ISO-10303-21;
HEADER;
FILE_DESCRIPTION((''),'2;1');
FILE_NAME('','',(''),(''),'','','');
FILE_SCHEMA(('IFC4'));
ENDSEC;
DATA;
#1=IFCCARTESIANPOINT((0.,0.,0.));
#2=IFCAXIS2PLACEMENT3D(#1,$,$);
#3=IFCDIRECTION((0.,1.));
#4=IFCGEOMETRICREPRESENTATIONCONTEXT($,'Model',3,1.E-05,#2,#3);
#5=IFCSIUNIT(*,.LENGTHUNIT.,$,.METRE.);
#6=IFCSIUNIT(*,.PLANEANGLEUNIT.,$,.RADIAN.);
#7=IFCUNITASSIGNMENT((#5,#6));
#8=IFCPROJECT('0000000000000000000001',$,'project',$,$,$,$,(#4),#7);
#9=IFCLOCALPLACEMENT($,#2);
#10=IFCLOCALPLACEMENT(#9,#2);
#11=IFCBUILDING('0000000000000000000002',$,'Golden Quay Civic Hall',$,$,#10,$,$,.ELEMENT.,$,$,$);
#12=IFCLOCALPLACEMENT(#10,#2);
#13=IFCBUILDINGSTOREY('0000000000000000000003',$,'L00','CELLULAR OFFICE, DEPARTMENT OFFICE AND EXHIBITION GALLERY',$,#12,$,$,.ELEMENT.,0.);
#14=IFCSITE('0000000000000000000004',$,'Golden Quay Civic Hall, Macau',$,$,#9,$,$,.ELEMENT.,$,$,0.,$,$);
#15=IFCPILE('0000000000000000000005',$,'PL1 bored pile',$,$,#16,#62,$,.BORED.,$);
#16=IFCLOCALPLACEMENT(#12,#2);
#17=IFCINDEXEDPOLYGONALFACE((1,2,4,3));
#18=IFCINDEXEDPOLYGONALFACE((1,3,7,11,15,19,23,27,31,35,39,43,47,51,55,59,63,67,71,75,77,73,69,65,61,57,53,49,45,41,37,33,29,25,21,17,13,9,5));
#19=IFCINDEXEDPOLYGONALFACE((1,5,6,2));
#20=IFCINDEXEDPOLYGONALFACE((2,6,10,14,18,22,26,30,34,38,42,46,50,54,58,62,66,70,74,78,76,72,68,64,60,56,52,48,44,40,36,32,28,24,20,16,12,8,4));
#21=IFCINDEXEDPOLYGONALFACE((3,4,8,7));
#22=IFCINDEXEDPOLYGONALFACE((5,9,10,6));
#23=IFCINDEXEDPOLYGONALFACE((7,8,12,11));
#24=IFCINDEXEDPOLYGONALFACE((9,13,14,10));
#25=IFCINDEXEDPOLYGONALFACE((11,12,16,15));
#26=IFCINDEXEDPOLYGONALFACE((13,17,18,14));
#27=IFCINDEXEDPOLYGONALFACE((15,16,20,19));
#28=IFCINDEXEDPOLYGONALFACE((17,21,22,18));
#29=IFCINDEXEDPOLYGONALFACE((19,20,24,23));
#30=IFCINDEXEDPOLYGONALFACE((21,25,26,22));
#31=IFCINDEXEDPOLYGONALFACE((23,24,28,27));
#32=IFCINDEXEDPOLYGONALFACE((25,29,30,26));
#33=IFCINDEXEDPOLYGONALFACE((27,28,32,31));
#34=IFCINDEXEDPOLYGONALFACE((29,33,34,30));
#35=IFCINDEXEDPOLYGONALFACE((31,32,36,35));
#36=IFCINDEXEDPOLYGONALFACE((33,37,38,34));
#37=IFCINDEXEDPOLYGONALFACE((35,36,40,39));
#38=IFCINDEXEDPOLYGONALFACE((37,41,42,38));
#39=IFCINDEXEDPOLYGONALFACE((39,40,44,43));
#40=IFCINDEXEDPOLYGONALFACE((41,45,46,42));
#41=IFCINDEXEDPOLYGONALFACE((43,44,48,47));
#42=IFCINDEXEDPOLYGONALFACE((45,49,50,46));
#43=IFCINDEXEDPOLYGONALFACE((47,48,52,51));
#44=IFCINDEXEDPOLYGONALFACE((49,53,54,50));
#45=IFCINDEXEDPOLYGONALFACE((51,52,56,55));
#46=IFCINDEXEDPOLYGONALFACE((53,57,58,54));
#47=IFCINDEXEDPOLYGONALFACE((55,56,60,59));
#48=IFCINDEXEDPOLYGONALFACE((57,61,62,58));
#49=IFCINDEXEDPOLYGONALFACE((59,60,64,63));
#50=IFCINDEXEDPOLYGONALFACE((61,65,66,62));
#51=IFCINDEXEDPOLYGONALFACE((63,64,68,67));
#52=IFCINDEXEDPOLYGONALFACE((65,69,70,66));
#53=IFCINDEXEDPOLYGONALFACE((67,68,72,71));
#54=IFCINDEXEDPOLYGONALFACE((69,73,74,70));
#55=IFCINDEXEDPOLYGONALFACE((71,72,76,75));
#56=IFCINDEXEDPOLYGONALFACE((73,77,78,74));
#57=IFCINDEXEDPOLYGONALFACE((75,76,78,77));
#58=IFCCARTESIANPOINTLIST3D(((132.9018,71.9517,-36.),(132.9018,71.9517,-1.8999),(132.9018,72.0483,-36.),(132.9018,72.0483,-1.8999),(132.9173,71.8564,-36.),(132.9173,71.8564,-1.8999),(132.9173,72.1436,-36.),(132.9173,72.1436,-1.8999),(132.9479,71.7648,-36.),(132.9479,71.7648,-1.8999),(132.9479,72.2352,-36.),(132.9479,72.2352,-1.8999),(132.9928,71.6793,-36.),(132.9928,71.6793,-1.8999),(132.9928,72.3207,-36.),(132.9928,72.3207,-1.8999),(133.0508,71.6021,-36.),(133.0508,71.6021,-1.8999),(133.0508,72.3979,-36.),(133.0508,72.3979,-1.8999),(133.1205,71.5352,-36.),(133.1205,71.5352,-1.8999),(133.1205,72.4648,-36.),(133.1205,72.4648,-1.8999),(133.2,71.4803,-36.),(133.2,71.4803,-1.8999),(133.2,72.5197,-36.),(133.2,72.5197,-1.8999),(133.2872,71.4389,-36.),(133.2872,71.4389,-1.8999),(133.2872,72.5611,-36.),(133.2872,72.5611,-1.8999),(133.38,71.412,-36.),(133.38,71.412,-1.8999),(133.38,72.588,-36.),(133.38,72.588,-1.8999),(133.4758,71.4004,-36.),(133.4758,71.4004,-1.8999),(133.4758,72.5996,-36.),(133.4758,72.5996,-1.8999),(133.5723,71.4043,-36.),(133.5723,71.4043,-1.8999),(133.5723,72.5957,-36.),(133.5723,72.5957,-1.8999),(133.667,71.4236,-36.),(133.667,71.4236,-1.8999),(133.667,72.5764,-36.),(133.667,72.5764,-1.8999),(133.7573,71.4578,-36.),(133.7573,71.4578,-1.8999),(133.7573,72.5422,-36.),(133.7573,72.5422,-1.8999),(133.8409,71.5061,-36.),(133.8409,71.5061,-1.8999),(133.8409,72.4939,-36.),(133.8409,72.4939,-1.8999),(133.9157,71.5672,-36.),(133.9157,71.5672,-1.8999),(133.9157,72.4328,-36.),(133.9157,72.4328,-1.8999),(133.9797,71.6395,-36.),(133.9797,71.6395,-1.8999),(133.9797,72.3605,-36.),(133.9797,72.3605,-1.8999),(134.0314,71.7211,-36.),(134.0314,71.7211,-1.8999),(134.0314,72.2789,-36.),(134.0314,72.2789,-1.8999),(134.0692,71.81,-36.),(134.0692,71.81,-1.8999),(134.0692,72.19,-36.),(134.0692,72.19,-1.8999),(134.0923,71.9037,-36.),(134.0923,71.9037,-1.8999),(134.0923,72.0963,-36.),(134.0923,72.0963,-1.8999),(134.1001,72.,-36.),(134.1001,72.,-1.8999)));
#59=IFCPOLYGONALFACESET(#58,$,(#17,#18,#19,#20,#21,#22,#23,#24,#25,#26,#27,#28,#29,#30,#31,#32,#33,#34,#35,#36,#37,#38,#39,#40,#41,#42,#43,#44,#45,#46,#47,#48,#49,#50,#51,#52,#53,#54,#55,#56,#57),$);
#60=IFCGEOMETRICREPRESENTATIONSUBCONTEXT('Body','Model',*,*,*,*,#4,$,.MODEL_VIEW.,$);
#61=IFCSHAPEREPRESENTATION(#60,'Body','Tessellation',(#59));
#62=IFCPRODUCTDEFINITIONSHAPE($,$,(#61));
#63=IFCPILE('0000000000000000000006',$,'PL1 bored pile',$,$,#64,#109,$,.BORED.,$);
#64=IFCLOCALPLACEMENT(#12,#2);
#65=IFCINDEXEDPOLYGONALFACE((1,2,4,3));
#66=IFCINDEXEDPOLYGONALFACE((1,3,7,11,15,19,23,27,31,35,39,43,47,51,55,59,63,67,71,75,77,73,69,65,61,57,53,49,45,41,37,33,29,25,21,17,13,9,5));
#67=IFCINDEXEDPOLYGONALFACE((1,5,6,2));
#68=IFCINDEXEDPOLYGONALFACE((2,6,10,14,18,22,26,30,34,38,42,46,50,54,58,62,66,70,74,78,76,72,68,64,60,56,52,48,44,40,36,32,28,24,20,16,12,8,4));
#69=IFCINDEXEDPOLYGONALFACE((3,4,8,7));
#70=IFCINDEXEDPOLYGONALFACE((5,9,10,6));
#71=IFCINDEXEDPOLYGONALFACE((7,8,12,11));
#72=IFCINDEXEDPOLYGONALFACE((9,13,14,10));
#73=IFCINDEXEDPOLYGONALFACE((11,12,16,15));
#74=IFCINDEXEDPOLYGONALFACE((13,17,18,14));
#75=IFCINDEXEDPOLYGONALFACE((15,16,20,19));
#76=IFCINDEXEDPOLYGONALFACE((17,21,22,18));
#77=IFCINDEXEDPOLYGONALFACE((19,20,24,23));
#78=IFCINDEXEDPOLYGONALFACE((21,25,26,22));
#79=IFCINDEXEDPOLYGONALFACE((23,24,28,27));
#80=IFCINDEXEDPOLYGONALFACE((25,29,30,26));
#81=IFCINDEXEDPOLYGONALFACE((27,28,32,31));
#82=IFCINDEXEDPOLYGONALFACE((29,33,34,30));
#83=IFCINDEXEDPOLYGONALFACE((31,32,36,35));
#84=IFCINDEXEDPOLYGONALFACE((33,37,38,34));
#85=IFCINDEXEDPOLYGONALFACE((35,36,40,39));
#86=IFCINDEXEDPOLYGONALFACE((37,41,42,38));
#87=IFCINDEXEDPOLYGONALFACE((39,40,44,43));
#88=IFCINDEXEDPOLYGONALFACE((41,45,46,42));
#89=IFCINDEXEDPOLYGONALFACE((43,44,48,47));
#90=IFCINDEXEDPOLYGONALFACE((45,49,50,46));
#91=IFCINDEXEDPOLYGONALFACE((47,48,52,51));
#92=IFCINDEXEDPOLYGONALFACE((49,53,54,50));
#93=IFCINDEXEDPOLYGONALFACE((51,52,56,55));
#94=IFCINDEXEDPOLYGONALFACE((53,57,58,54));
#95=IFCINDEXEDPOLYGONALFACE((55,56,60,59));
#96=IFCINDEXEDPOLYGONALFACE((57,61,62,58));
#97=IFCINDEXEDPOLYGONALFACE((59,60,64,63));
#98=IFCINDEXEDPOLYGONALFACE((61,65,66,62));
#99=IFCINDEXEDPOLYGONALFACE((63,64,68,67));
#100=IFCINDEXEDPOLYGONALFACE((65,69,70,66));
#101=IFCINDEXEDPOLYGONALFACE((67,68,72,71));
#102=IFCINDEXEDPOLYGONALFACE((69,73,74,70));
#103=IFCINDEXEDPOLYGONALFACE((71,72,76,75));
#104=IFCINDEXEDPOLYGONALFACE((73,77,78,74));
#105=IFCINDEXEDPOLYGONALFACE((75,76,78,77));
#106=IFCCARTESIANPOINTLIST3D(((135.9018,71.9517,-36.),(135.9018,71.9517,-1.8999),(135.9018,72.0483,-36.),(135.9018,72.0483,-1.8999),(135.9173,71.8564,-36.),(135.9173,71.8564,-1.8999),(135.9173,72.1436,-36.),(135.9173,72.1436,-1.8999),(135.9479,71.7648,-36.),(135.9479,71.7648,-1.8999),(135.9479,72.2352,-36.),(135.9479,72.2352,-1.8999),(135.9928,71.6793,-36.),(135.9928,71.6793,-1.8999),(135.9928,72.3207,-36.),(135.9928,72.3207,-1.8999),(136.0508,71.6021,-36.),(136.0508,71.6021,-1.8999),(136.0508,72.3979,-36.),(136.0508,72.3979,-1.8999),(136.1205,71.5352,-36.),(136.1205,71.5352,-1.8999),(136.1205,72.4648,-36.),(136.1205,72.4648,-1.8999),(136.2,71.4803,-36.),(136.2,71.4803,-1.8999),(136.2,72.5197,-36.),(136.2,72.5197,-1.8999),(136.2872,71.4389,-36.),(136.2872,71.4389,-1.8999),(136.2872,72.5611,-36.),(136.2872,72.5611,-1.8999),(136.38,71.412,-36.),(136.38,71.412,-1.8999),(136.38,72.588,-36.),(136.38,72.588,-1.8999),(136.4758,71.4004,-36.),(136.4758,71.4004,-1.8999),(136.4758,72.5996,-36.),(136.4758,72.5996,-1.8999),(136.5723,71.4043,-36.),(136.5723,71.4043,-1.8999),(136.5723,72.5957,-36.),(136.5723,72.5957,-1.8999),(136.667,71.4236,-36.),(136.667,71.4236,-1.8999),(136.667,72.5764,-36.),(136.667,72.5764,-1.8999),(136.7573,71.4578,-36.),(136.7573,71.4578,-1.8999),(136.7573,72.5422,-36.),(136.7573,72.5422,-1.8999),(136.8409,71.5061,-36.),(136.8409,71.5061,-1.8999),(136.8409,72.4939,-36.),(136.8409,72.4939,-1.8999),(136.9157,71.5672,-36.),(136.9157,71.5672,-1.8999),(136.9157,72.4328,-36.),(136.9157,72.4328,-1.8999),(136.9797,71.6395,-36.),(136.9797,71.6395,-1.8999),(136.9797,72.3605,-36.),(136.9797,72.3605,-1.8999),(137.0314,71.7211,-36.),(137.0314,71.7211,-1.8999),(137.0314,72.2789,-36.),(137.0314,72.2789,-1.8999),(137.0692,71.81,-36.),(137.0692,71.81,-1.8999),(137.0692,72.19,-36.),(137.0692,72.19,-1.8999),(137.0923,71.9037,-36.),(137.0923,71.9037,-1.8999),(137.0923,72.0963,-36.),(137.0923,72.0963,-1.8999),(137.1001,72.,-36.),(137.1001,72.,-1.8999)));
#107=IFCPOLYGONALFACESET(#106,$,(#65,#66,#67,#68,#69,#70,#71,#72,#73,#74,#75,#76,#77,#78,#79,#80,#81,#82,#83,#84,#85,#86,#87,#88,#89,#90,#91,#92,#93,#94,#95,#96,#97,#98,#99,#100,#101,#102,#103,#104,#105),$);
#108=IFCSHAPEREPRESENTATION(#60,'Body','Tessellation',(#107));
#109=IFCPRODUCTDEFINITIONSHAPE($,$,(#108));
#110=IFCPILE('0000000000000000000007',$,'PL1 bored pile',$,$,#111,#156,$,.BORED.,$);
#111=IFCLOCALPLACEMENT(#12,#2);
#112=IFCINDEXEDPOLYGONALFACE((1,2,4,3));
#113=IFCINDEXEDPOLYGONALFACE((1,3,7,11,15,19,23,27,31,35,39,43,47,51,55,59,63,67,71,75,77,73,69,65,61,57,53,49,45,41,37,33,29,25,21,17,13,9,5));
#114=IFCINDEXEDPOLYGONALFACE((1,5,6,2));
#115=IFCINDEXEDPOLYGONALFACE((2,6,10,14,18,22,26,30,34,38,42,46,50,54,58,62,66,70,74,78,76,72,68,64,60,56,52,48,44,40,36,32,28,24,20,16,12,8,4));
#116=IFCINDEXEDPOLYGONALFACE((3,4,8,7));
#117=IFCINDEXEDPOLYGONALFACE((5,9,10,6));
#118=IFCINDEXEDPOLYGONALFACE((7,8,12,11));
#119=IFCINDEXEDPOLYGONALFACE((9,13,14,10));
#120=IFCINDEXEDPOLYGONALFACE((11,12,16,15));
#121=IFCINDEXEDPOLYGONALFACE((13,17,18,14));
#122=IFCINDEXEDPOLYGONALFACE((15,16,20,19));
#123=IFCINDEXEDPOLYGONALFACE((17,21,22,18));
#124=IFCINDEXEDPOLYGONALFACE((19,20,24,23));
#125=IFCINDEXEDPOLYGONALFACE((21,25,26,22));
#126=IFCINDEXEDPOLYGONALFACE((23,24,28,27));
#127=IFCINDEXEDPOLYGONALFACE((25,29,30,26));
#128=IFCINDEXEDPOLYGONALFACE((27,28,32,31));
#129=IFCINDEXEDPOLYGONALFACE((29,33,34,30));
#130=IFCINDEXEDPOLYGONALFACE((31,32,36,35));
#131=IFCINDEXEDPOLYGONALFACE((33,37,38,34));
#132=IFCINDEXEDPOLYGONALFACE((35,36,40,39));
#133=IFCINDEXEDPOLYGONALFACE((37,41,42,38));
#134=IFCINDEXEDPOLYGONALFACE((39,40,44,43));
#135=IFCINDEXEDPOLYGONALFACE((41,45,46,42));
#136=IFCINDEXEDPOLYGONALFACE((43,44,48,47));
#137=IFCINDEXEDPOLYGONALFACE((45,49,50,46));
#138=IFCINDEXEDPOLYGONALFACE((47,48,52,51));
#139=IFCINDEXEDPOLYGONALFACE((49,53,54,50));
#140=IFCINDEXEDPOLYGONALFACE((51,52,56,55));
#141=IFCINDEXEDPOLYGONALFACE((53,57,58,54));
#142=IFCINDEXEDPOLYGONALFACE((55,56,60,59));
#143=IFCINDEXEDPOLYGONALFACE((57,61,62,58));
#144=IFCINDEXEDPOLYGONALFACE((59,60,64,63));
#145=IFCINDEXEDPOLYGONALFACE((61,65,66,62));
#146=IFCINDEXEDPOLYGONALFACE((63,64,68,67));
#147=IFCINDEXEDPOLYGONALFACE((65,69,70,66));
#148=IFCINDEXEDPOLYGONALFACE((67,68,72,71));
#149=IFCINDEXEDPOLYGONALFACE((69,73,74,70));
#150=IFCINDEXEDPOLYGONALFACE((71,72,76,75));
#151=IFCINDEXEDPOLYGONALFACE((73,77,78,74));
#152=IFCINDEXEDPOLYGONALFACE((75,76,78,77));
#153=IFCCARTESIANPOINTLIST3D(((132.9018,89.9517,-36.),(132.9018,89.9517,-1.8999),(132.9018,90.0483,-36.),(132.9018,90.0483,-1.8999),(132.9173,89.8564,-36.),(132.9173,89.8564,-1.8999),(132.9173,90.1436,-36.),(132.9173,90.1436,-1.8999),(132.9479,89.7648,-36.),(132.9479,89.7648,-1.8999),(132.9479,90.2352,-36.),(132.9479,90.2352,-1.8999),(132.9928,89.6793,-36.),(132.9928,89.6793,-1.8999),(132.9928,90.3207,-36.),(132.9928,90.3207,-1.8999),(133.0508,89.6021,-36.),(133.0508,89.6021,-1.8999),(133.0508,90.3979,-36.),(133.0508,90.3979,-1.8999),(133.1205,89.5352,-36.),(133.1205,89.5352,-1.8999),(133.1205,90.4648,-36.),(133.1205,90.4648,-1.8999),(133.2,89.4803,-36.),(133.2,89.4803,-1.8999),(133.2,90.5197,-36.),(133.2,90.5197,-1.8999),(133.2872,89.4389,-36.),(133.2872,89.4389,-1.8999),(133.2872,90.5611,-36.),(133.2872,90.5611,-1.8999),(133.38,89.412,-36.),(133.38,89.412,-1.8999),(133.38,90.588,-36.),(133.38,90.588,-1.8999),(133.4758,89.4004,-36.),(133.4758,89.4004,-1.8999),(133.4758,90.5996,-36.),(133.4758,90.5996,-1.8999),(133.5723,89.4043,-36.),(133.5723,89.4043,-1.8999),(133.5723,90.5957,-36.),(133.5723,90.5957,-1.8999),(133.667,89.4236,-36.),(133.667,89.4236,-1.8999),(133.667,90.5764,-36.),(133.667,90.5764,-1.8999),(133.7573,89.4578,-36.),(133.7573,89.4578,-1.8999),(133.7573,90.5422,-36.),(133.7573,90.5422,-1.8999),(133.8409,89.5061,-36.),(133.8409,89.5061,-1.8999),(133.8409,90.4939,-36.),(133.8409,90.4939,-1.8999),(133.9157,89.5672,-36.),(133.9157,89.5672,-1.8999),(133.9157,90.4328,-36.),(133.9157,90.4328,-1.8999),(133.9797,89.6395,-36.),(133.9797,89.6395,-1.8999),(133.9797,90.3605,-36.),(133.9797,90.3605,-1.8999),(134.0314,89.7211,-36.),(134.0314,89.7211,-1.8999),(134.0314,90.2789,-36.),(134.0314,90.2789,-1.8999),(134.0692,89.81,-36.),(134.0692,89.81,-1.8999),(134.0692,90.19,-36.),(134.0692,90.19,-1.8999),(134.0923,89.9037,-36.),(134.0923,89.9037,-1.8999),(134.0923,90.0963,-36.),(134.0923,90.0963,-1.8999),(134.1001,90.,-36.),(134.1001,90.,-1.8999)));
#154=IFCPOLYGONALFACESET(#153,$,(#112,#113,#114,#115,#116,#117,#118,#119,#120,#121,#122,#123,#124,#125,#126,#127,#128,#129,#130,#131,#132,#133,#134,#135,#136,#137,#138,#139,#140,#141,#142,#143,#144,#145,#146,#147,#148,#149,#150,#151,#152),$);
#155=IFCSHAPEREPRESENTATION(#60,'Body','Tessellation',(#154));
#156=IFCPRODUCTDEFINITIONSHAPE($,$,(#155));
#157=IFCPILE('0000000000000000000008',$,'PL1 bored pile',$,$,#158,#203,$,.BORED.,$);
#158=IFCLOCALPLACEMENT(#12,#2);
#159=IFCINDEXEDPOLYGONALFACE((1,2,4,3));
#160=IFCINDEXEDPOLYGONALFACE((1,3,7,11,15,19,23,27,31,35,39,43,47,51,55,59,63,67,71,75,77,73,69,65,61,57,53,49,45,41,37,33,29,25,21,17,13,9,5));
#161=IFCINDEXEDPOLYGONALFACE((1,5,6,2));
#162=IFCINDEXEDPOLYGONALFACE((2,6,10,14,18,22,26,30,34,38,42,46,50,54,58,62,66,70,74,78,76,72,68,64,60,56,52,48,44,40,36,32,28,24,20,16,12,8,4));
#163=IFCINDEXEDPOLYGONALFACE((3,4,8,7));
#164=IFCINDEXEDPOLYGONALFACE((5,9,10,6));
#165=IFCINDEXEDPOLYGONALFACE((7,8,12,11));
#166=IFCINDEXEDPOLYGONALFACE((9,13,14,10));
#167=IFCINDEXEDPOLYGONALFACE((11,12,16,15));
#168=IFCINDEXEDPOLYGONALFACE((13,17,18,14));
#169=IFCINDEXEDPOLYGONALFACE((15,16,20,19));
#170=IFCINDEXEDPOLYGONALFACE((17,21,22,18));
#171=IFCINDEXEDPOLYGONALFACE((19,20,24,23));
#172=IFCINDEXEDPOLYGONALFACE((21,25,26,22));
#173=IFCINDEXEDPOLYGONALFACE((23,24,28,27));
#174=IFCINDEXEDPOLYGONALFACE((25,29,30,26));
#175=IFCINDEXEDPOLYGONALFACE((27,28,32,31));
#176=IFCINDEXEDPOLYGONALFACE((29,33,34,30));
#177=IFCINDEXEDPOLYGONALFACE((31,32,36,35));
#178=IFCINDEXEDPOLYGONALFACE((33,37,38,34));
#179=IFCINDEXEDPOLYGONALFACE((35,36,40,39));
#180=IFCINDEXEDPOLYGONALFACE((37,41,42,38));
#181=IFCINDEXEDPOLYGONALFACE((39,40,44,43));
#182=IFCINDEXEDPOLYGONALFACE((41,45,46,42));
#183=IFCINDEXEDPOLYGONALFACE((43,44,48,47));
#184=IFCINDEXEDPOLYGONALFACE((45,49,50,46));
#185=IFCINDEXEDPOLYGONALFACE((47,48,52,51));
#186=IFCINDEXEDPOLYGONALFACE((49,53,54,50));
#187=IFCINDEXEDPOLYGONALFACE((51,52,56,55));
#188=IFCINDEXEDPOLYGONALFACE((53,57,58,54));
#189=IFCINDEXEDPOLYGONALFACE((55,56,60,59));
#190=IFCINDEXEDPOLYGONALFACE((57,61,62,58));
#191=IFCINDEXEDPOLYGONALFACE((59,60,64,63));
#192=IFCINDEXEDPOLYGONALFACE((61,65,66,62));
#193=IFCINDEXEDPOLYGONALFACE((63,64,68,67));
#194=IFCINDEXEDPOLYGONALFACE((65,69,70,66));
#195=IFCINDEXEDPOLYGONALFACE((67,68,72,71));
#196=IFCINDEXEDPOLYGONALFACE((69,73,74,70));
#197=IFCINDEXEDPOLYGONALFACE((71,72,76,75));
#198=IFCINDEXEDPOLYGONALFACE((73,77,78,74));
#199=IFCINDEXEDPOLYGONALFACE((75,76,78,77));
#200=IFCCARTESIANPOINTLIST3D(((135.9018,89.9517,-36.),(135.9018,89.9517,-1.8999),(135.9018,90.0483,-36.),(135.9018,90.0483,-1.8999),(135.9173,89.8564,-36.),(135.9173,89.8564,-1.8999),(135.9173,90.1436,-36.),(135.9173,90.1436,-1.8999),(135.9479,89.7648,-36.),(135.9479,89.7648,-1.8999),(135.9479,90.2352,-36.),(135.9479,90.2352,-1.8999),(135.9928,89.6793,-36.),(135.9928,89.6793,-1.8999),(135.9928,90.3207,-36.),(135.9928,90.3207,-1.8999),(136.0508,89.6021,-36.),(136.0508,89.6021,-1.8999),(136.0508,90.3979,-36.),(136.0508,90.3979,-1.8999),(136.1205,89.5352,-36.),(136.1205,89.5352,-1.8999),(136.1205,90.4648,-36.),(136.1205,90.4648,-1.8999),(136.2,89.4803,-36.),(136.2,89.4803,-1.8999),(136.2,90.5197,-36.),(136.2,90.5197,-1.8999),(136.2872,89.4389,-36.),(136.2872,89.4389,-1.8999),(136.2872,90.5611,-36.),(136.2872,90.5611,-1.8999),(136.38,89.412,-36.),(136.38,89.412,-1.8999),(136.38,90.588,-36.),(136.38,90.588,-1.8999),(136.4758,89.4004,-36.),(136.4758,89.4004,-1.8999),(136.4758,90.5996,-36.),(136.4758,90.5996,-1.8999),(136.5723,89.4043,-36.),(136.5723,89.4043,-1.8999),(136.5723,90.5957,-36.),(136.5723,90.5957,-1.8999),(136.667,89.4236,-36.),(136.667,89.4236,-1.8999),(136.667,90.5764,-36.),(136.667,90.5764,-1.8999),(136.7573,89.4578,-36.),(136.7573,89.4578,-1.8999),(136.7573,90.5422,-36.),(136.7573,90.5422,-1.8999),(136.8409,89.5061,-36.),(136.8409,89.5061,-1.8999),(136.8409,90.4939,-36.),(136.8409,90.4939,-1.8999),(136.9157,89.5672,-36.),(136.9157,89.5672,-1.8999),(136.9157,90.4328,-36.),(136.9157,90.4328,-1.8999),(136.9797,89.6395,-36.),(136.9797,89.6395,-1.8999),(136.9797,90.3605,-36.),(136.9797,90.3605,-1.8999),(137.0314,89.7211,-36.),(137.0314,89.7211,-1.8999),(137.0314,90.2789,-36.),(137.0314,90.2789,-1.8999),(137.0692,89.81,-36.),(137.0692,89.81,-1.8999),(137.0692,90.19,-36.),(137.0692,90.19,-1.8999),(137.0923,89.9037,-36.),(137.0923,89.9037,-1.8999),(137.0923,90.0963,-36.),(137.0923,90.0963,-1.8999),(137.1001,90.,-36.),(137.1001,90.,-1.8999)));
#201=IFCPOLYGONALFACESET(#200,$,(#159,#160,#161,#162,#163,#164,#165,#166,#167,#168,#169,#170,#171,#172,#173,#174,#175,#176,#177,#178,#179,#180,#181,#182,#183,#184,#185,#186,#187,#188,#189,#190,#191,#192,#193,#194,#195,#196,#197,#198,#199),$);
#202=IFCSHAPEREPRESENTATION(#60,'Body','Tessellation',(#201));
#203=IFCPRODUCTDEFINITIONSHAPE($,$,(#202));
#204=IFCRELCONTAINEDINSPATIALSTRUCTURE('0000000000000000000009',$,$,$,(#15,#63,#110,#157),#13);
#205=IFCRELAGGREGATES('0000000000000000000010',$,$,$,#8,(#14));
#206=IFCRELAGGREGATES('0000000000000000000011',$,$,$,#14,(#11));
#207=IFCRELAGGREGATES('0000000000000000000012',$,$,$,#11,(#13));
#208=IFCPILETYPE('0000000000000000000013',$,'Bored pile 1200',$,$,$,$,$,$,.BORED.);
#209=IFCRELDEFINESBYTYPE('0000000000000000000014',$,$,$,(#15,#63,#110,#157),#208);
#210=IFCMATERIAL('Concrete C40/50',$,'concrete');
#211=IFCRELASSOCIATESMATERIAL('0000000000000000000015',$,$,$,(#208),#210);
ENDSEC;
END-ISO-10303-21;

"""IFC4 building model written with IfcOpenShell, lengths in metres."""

from ifc_helpers import new_model, si_unit, direction, frame, origin, origin_2d, place, context, subcontext, project, spatial, circle, extrude, material, material_profile, profile_set, type_object, element, save


model = new_model("IFC4")

# Units and contexts
model_context = context("Model", 3, precision=1e-05, world=origin(), true_north=direction((0.0, 1.0)))
body_context = subcontext(model_context, "Body", "Model", "MODEL_VIEW")
ifc_project = project(units=[si_unit("LENGTHUNIT", "METRE"), si_unit("PLANEANGLEUNIT", "RADIAN")], contexts=[model_context])

# Site, building, storey
site_placement = place(None, origin())
site = spatial("IfcSite", under=ifc_project, at=site_placement, Name="Golden Quay Civic Hall, Macau", CompositionType="ELEMENT", RefElevation=0.0)
building_placement = place(site_placement, origin())
building = spatial("IfcBuilding", under=site, at=building_placement, Name="Golden Quay Civic Hall", CompositionType="ELEMENT")
storey_placement = place(building_placement, origin())
storey = spatial("IfcBuildingStorey", under=building, at=storey_placement, Name="L00", Description="CELLULAR OFFICE, DEPARTMENT OFFICE AND EXHIBITION GALLERY", CompositionType="ELEMENT", Elevation=0.0)

# Piles
ifc_material_1 = material(Name="Concrete C40/50", Category="concrete")
ifc_material_profile_1 = material_profile(ifc_material_1, circle(Radius=0.6001, at=origin_2d()), Name="RC D1200")
ifc_profile_set_1 = profile_set([ifc_material_profile_1], Name="Concrete C40/50")
pile_type = type_object("IfcPileType", Name="Bored pile 1200", PredefinedType="BORED", material=ifc_profile_set_1)
for number, where, z_axis, x_axis, name in (
    (1, (133.5, 72.0, -1.8999), (0.0, 0.0, -1.0), (1.0, 0.0, 0.0), "PL1 bored pile"),
    (2, (136.5, 72.0, -1.8999), (0.0, 0.0, -1.0), (1.0, 0.0, 0.0), "PL1 bored pile"),
    (3, (133.5, 90.0, -1.8999), (0.0, 0.0, -1.0), (1.0, 0.0, 0.0), "PL1 bored pile"),
    (4, (136.5, 90.0, -1.8999), (0.0, 0.0, -1.0), (1.0, 0.0, 0.0), "PL1 bored pile"),
):
    element("IfcPile", number, at=place(storey_placement, frame(where, z_axis=z_axis, x_axis=x_axis)), inside=storey, type_object=pile_type, Name=name, PredefinedType="BORED", context=body_context, shape_type="SweptSolid", body=[
        extrude(circle(Radius=0.6001, at=origin_2d()), origin(), (0.0, 0.0, 1.0), 34.1001),
    ])

save(model, "model.ifc")
